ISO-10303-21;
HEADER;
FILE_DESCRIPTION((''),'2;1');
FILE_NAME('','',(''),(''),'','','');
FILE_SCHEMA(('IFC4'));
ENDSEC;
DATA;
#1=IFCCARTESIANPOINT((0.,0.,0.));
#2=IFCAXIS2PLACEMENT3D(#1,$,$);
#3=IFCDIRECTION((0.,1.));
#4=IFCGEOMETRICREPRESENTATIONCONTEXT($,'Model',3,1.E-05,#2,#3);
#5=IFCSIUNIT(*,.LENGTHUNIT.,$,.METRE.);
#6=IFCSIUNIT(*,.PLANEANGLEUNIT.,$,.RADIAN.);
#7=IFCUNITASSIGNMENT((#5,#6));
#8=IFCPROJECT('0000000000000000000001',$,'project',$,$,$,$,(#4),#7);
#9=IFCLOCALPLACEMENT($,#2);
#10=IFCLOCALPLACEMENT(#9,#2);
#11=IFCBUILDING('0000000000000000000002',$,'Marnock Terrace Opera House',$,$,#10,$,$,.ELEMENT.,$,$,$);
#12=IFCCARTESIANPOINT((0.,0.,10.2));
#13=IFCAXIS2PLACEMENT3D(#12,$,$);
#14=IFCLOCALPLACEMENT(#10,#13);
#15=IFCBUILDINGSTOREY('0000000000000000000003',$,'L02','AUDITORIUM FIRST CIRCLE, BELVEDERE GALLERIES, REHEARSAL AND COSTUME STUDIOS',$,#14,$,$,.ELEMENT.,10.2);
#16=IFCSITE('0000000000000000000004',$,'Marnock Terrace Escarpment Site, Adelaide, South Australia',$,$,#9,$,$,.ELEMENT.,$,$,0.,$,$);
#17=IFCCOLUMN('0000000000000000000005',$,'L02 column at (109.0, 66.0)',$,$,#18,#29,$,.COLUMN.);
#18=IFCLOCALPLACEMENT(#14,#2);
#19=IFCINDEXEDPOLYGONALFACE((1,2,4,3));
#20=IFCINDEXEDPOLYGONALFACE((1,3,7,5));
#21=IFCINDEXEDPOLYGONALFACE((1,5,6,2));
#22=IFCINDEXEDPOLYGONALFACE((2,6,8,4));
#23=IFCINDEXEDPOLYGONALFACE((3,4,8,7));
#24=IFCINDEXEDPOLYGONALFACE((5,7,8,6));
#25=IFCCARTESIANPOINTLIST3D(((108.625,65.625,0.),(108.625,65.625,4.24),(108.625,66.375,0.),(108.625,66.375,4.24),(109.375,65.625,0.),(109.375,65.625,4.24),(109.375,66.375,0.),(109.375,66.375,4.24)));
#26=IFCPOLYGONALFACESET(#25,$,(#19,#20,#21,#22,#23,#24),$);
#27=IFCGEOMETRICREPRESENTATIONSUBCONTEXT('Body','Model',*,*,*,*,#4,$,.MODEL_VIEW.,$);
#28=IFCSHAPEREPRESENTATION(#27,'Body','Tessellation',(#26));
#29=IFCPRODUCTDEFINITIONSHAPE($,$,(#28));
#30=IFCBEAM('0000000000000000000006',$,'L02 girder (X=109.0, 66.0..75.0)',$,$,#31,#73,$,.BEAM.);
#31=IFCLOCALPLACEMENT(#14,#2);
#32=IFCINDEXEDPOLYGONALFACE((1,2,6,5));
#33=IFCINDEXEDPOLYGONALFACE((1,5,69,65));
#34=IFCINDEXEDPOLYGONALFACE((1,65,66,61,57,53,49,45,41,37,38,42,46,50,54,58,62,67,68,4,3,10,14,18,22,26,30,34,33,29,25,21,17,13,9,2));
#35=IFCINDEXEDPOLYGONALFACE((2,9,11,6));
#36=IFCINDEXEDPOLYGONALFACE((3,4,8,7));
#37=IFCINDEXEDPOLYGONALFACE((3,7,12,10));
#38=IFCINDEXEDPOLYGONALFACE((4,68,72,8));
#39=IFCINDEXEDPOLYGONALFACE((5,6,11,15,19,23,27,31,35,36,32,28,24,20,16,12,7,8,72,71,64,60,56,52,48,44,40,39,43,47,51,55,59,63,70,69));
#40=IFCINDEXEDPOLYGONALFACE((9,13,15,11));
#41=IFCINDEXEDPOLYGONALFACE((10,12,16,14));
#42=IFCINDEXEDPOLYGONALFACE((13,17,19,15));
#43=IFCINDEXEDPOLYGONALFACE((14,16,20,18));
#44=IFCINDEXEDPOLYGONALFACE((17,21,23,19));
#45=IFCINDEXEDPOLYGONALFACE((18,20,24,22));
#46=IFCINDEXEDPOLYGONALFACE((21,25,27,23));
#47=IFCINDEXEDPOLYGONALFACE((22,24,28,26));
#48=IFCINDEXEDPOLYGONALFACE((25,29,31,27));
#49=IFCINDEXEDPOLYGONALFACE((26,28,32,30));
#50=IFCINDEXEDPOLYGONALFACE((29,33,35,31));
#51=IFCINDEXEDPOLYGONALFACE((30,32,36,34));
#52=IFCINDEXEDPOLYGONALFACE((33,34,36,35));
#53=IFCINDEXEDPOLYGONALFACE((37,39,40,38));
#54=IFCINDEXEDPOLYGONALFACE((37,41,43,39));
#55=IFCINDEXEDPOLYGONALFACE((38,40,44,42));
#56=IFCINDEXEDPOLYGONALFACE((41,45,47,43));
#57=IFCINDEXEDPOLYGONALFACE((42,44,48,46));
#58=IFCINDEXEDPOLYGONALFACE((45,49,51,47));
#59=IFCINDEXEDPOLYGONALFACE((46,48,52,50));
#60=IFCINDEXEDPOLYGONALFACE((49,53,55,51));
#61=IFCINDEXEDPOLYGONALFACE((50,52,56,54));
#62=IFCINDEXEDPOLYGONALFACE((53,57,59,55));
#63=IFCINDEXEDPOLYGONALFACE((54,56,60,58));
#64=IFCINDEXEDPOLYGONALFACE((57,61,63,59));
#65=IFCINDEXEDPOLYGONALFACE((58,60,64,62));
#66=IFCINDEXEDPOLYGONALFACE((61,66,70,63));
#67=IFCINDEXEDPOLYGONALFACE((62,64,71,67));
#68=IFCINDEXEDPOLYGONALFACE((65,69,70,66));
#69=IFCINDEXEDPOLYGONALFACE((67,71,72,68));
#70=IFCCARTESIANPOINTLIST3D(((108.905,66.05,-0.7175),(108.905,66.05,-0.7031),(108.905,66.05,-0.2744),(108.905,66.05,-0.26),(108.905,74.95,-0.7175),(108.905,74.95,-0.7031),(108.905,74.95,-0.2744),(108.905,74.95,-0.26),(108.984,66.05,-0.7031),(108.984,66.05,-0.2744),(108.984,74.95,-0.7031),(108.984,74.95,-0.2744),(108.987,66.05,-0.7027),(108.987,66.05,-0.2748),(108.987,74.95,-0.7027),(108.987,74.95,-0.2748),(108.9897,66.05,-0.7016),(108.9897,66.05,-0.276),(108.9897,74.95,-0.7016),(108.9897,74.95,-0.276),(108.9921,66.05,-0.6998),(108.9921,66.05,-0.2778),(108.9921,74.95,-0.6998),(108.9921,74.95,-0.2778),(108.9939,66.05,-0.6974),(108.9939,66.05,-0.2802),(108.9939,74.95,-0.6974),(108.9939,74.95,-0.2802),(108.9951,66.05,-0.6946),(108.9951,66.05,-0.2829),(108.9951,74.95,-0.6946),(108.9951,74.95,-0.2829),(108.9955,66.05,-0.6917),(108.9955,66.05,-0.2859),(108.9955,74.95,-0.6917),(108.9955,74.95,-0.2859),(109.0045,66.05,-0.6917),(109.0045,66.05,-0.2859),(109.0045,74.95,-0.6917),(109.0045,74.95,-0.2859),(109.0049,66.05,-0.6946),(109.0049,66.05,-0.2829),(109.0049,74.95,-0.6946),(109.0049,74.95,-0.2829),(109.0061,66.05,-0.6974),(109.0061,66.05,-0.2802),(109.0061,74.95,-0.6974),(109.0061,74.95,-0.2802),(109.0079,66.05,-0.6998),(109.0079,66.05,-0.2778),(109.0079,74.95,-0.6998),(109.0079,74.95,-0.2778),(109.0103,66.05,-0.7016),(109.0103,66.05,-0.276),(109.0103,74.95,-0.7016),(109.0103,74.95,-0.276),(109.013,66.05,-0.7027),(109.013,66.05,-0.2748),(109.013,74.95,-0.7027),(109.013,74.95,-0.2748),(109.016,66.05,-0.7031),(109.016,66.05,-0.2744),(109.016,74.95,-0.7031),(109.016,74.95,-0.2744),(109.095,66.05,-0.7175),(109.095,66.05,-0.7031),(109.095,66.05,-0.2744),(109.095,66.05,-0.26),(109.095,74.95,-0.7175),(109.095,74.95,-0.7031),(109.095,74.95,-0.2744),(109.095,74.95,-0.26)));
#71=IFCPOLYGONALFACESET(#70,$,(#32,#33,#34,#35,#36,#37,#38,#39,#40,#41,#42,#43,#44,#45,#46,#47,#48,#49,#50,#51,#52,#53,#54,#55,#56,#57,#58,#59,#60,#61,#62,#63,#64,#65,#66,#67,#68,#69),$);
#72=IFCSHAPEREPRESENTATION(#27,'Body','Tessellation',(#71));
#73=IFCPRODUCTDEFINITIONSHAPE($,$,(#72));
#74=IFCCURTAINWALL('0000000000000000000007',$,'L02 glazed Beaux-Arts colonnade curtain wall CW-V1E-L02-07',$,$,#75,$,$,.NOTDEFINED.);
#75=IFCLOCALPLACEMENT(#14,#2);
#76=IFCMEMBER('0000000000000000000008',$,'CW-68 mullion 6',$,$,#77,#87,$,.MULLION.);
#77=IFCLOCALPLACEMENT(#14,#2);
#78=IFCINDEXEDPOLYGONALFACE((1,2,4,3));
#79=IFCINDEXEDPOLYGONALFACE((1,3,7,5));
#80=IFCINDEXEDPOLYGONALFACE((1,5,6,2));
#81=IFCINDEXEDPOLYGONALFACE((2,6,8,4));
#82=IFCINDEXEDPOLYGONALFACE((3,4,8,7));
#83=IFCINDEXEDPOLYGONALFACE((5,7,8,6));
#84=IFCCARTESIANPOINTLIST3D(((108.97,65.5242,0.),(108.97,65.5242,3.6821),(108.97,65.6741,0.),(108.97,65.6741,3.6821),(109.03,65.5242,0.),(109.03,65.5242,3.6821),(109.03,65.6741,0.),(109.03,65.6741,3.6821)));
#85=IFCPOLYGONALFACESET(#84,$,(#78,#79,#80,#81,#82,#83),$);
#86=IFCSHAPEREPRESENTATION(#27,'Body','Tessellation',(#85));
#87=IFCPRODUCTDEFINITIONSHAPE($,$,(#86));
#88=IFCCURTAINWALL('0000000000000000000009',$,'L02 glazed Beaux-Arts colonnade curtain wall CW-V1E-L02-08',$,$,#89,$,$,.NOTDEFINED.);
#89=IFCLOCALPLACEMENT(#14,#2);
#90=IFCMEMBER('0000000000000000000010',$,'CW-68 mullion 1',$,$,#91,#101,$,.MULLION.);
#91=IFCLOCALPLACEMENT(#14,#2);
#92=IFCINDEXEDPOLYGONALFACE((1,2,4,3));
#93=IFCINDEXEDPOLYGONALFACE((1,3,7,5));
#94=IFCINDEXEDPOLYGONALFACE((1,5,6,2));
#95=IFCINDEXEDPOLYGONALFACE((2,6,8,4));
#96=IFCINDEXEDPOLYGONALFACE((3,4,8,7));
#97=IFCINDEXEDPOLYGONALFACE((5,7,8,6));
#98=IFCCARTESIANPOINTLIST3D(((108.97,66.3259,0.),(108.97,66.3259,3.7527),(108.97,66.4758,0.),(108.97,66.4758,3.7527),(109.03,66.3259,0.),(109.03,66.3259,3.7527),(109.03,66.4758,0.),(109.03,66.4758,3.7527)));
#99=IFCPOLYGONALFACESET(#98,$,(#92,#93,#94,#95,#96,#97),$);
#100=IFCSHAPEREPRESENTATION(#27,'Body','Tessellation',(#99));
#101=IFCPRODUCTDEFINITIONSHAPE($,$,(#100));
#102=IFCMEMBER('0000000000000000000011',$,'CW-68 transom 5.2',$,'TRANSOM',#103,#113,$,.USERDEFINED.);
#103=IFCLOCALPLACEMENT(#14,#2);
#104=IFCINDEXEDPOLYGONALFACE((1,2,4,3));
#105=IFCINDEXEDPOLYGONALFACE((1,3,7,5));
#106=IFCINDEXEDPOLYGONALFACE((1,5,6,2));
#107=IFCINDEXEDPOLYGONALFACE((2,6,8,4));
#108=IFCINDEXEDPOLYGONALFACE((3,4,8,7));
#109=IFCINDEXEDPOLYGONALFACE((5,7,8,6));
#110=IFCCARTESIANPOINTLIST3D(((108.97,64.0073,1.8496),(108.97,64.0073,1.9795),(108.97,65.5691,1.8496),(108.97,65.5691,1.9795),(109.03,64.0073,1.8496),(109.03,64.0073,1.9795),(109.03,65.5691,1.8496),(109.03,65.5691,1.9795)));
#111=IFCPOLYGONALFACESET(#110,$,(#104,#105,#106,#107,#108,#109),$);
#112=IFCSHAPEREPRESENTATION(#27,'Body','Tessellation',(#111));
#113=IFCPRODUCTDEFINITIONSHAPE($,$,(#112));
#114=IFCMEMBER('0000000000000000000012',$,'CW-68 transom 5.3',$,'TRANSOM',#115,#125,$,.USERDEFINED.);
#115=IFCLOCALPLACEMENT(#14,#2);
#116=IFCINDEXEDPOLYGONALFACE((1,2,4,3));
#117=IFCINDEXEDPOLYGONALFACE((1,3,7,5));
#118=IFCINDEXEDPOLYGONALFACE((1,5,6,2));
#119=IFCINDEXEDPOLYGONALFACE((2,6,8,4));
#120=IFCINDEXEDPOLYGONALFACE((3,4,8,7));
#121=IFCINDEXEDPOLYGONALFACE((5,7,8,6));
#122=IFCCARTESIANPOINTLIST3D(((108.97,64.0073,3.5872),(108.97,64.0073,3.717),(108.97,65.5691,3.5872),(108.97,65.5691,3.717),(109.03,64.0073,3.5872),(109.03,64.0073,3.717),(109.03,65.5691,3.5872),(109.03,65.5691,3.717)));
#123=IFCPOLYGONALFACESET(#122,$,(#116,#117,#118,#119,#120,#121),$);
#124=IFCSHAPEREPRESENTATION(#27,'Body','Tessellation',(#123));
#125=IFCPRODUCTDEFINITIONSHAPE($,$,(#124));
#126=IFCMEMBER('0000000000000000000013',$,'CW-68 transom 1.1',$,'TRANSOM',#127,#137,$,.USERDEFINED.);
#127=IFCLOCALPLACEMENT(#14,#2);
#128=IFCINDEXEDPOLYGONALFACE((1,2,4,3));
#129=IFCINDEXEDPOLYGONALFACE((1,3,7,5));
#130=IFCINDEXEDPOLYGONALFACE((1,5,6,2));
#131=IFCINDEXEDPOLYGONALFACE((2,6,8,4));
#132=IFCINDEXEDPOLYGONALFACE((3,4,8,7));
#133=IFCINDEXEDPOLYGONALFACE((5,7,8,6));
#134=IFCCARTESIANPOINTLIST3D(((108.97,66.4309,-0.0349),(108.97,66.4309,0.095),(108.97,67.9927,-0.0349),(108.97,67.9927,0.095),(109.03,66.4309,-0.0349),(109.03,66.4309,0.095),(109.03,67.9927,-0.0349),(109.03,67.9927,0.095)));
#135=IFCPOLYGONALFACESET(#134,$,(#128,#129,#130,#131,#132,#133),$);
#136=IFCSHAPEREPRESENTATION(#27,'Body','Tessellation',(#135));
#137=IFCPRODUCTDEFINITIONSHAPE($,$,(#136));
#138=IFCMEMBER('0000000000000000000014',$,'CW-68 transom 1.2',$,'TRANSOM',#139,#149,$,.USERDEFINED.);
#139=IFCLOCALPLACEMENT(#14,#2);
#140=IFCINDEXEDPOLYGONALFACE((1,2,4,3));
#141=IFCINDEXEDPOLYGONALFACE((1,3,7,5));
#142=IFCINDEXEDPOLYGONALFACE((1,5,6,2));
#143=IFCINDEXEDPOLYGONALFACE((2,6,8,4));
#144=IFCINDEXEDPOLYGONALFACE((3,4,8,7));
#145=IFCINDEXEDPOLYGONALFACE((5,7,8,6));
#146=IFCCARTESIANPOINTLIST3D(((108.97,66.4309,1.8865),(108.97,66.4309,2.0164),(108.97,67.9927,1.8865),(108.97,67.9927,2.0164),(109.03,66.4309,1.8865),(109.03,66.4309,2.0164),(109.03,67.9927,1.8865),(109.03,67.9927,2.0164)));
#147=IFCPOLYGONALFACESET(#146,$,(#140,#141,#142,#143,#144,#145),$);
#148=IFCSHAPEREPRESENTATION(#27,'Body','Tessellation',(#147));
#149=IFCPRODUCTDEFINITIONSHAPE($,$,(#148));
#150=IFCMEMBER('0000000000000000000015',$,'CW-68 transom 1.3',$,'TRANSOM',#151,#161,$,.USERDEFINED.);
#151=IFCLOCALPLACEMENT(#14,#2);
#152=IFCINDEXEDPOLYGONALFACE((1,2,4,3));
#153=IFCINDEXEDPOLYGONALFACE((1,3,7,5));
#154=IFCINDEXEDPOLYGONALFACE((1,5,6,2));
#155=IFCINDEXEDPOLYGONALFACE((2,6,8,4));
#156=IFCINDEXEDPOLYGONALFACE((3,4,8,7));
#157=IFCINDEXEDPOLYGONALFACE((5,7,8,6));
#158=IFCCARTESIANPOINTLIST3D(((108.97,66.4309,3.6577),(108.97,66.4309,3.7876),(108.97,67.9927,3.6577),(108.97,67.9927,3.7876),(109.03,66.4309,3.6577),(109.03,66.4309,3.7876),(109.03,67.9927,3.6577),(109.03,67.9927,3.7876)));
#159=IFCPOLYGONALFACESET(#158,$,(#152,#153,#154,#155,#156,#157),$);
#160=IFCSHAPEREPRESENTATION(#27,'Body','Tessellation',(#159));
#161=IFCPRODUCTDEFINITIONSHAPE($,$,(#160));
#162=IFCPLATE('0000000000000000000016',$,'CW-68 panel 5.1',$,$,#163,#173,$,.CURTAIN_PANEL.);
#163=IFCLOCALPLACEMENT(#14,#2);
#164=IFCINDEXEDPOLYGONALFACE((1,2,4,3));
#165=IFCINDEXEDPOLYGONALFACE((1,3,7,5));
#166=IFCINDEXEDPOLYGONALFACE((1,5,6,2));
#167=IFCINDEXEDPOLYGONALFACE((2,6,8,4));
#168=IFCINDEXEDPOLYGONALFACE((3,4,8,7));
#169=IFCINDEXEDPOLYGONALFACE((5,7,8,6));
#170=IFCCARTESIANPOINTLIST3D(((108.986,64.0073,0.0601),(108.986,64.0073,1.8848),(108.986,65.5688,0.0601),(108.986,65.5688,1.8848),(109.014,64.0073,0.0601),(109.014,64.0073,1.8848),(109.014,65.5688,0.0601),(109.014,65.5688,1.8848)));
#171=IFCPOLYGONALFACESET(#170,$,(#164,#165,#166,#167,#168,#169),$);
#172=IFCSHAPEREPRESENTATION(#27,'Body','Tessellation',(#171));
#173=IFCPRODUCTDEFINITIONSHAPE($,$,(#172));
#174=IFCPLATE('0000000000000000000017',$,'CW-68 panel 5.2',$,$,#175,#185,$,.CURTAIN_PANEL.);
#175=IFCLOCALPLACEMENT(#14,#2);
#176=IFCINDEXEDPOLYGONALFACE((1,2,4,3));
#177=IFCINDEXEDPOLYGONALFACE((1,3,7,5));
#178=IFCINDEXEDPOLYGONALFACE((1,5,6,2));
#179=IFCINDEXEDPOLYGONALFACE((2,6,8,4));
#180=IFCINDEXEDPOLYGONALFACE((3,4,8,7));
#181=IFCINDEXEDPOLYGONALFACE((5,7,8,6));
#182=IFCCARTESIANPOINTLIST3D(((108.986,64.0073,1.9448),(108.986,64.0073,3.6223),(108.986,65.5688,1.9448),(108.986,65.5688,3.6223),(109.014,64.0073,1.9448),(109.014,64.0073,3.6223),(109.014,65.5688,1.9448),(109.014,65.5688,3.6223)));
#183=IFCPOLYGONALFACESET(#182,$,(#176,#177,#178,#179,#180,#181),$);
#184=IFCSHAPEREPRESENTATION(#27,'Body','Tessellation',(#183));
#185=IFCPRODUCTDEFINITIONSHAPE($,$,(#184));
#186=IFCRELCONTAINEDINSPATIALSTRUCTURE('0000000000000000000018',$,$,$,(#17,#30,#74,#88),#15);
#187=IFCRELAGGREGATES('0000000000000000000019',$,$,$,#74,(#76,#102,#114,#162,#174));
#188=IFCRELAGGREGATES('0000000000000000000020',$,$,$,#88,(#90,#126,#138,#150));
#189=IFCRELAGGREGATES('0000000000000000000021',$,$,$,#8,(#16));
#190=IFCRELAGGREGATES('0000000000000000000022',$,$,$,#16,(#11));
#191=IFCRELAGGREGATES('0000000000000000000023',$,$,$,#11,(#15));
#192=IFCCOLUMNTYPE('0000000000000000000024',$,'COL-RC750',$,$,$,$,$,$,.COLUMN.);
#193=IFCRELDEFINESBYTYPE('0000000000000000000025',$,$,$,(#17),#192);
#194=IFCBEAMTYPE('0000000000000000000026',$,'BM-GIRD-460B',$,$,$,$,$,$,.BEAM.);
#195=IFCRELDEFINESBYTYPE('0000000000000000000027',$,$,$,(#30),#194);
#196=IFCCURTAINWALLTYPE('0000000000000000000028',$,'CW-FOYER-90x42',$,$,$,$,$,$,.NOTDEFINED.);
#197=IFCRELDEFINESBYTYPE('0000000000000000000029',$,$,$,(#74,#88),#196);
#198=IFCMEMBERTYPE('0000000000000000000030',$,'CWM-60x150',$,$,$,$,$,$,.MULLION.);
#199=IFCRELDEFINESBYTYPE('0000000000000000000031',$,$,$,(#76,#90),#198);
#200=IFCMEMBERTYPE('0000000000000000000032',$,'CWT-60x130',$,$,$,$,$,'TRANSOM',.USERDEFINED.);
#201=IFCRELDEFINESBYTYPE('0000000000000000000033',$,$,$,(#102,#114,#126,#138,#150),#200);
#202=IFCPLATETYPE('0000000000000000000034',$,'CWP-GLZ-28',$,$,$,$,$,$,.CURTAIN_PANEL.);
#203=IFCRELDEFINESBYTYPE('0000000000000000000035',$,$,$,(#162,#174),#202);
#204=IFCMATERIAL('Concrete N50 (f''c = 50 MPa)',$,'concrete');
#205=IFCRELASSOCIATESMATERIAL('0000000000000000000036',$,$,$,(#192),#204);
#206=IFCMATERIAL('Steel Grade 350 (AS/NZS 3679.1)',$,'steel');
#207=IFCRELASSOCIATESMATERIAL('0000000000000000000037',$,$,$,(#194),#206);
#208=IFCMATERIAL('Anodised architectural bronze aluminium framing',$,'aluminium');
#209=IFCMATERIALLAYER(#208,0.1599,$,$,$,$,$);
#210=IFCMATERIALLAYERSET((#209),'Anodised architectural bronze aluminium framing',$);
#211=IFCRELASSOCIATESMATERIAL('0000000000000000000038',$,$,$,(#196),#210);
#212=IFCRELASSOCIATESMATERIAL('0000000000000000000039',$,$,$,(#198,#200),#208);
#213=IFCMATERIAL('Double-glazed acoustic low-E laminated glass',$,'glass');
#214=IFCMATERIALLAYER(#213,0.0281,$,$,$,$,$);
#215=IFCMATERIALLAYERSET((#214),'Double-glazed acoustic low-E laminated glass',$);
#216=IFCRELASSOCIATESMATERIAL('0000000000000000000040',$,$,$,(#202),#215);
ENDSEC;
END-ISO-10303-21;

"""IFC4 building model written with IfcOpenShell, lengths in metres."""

from ifc_helpers import new_model, si_unit, direction, frame, origin, origin_2d, place, context, subcontext, project, spatial, rectangle, i_section, extrude, material, layer, layer_set, material_profile, profile_set, type_object, element, aggregate, save


model = new_model("IFC4")

# Units and contexts
model_context = context("Model", 3, precision=1e-05, world=origin(), true_north=direction((0.0, 1.0)))
body_context = subcontext(model_context, "Body", "Model", "MODEL_VIEW")
ifc_project = project(units=[si_unit("LENGTHUNIT", "METRE"), si_unit("PLANEANGLEUNIT", "RADIAN")], contexts=[model_context])

# Site, building, storey
site_placement = place(None, origin())
site = spatial("IfcSite", under=ifc_project, at=site_placement, Name="Marnock Terrace Escarpment Site, Adelaide, South Australia", CompositionType="ELEMENT", RefElevation=0.0)
building_placement = place(site_placement, origin())
building = spatial("IfcBuilding", under=site, at=building_placement, Name="Marnock Terrace Opera House", CompositionType="ELEMENT")
storey_placement = place(building_placement, frame((0.0, 0.0, 10.2)))
storey = spatial("IfcBuildingStorey", under=building, at=storey_placement, Name="L02", Description="AUDITORIUM FIRST CIRCLE, BELVEDERE GALLERIES, REHEARSAL AND COSTUME STUDIOS", CompositionType="ELEMENT", Elevation=10.2)

# Column
ifc_material_1 = material(Name="Concrete N50 (f'c = 50 MPa)", Category="concrete")
ifc_material_profile_1 = material_profile(ifc_material_1, rectangle(XDim=0.75, YDim=0.75, at=origin_2d()))
ifc_profile_set_1 = profile_set([ifc_material_profile_1], Name="Concrete N50 (f'c = 50 MPa)")
column_type = type_object("IfcColumnType", Name="COL-RC750", PredefinedType="COLUMN", material=ifc_profile_set_1)
column_placement = place(storey_placement, frame((109.0, 66.0, 0.0), z_axis=(0.0, 0.0, 1.0), x_axis=(1.0, 0.0, 0.0)))
element("IfcColumn", 1, at=column_placement, inside=storey, type_object=column_type, Name="L02 column at (109.0, 66.0)", PredefinedType="COLUMN", context=body_context, shape_type="SweptSolid", body=[
    extrude(rectangle(XDim=0.75, YDim=0.75, at=origin_2d()), origin(), (0.0, 0.0, 1.0), 4.24),
])

# Beam
ifc_material_2 = material(Name="Steel Grade 350 (AS/NZS 3679.1)", Category="steel")
ifc_material_profile_2 = material_profile(ifc_material_2, i_section(OverallWidth=0.1899, OverallDepth=0.4575, WebThickness=0.009, FlangeThickness=0.0144, FilletRadius=0.0115, at=origin_2d()))
ifc_profile_set_2 = profile_set([ifc_material_profile_2], Name="Steel Grade 350 (AS/NZS 3679.1)")
beam_type = type_object("IfcBeamType", Name="BM-GIRD-460B", PredefinedType="BEAM", material=ifc_profile_set_2)
beam_placement = place(storey_placement, frame((109.0, 66.05, -0.4888), z_axis=(0.0, 1.0, 0.0), x_axis=(-1.0, 0.0, 0.0)))
element("IfcBeam", 2, at=beam_placement, inside=storey, type_object=beam_type, Name="L02 girder (X=109.0, 66.0..75.0)", PredefinedType="BEAM", context=body_context, shape_type="SweptSolid", body=[
    extrude(i_section(OverallWidth=0.1899, OverallDepth=0.4575, WebThickness=0.009, FlangeThickness=0.0144, FilletRadius=0.0115, at=origin_2d()), origin(), (0.0, 0.0, 1.0), 8.8999),
])

# Curtain walls, members
ifc_material_3 = material(Name="Anodised architectural bronze aluminium framing", Category="aluminium")
ifc_layer_1 = layer(ifc_material_3, 0.1599)
ifc_layer_set_1 = layer_set([ifc_layer_1], Name="Anodised architectural bronze aluminium framing")
curtain_wall_type = type_object("IfcCurtainWallType", Name="CW-FOYER-90x42", PredefinedType="NOTDEFINED", material=ifc_layer_set_1)
curtain_wall_1_placement = place(storey_placement, origin())
curtain_wall_1 = element("IfcCurtainWall", 3, at=curtain_wall_1_placement, inside=storey, type_object=curtain_wall_type, Name="L02 glazed Beaux-Arts colonnade curtain wall CW-V1E-L02-07", PredefinedType="NOTDEFINED")
ifc_material_profile_3 = material_profile(ifc_material_3, rectangle(XDim=0.0601, YDim=0.1499, at=origin_2d()))
ifc_profile_set_3 = profile_set([ifc_material_profile_3], Name="Anodised architectural bronze aluminium framing")
member_type_1 = type_object("IfcMemberType", Name="CWM-60x150", PredefinedType="MULLION", material=ifc_profile_set_3)
member_1_placement = place(storey_placement, frame((109.0, 65.5991, 0.0), z_axis=(0.0, 0.0, 1.0), x_axis=(-1.0, 0.0, 0.0)))
member_1 = element("IfcMember", 4, at=member_1_placement, type_object=member_type_1, Name="CW-68 mullion 6", PredefinedType="MULLION", context=body_context, shape_type="SweptSolid", body=[
    extrude(rectangle(XDim=0.0601, YDim=0.1499, at=origin_2d()), origin(), (0.0, 0.0, 1.0), 3.6821),
])
curtain_wall_2_placement = place(storey_placement, origin())
curtain_wall_2 = element("IfcCurtainWall", 5, at=curtain_wall_2_placement, inside=storey, type_object=curtain_wall_type, Name="L02 glazed Beaux-Arts colonnade curtain wall CW-V1E-L02-08", PredefinedType="NOTDEFINED")
member_2_placement = place(storey_placement, frame((109.0, 66.4009, 0.0), z_axis=(0.0, 0.0, 1.0), x_axis=(-1.0, 0.0, 0.0)))
member_2 = element("IfcMember", 6, at=member_2_placement, type_object=member_type_1, Name="CW-68 mullion 1", PredefinedType="MULLION", context=body_context, shape_type="SweptSolid", body=[
    extrude(rectangle(XDim=0.0601, YDim=0.1499, at=origin_2d()), origin(), (0.0, 0.0, 1.0), 3.7527),
])

# Members
ifc_material_profile_4 = material_profile(ifc_material_3, rectangle(XDim=0.0601, YDim=0.1299, at=origin_2d()))
ifc_profile_set_4 = profile_set([ifc_material_profile_4], Name="Anodised architectural bronze aluminium framing")
member_type_2 = type_object("IfcMemberType", Name="CWT-60x130", ElementType="TRANSOM", PredefinedType="USERDEFINED", material=ifc_profile_set_4)
member_3_placement = place(storey_placement, frame((109.0, 64.0073, 1.9146), z_axis=(0.0, 1.0, 0.0), x_axis=(-1.0, 0.0, 0.0)))
member_3 = element("IfcMember", 7, at=member_3_placement, type_object=member_type_2, Name="CW-68 transom 5.2", ObjectType="TRANSOM", PredefinedType="USERDEFINED", context=body_context, shape_type="SweptSolid", body=[
    extrude(rectangle(XDim=0.0601, YDim=0.1299, at=origin_2d()), origin(), (0.0, 0.0, 1.0), 1.5618),
])
member_4_placement = place(storey_placement, frame((109.0, 64.0073, 3.6521), z_axis=(0.0, 1.0, 0.0), x_axis=(-1.0, 0.0, 0.0)))
member_4 = element("IfcMember", 8, at=member_4_placement, type_object=member_type_2, Name="CW-68 transom 5.3", ObjectType="TRANSOM", PredefinedType="USERDEFINED", context=body_context, shape_type="SweptSolid", body=[
    extrude(rectangle(XDim=0.0601, YDim=0.1299, at=origin_2d()), origin(), (0.0, 0.0, 1.0), 1.5618),
])
member_5_placement = place(storey_placement, frame((109.0, 66.4309, 0.03), z_axis=(0.0, 1.0, 0.0), x_axis=(-1.0, 0.0, 0.0)))
member_5 = element("IfcMember", 9, at=member_5_placement, type_object=member_type_2, Name="CW-68 transom 1.1", ObjectType="TRANSOM", PredefinedType="USERDEFINED", context=body_context, shape_type="SweptSolid", body=[
    extrude(rectangle(XDim=0.0601, YDim=0.1299, at=origin_2d()), origin(), (0.0, 0.0, 1.0), 1.5618),
])
member_6_placement = place(storey_placement, frame((109.0, 66.4309, 1.9514), z_axis=(0.0, 1.0, 0.0), x_axis=(-1.0, 0.0, 0.0)))
member_6 = element("IfcMember", 10, at=member_6_placement, type_object=member_type_2, Name="CW-68 transom 1.2", ObjectType="TRANSOM", PredefinedType="USERDEFINED", context=body_context, shape_type="SweptSolid", body=[
    extrude(rectangle(XDim=0.0601, YDim=0.1299, at=origin_2d()), origin(), (0.0, 0.0, 1.0), 1.5618),
])
member_7_placement = place(storey_placement, frame((109.0, 66.4309, 3.7227), z_axis=(0.0, 1.0, 0.0), x_axis=(-1.0, 0.0, 0.0)))
member_7 = element("IfcMember", 11, at=member_7_placement, type_object=member_type_2, Name="CW-68 transom 1.3", ObjectType="TRANSOM", PredefinedType="USERDEFINED", context=body_context, shape_type="SweptSolid", body=[
    extrude(rectangle(XDim=0.0601, YDim=0.1299, at=origin_2d()), origin(), (0.0, 0.0, 1.0), 1.5618),
])

# Plates
ifc_material_4 = material(Name="Double-glazed acoustic low-E laminated glass", Category="glass")
ifc_layer_2 = layer(ifc_material_4, 0.0281)
ifc_layer_set_2 = layer_set([ifc_layer_2], Name="Double-glazed acoustic low-E laminated glass")
plate_type_1 = type_object("IfcPlateType", Name="CWP-GLZ-28", PredefinedType="CURTAIN_PANEL", material=ifc_layer_set_2)
plate_1_placement = place(storey_placement, frame((109.0, 64.7881, 0.0601), z_axis=(0.0, 0.0, 1.0), x_axis=(0.0, 1.0, 0.0)))
plate_1 = element("IfcPlate", 12, at=plate_1_placement, type_object=plate_type_1, Name="CW-68 panel 5.1", PredefinedType="CURTAIN_PANEL", context=body_context, shape_type="SweptSolid", body=[
    extrude(rectangle(XDim=1.5615, YDim=0.0281, at=origin_2d()), origin(), (0.0, 0.0, 1.0), 1.8247),
])
plate_2_placement = place(storey_placement, frame((109.0, 64.7881, 1.9448), z_axis=(0.0, 0.0, 1.0), x_axis=(0.0, 1.0, 0.0)))
plate_2 = element("IfcPlate", 13, at=plate_2_placement, type_object=plate_type_1, Name="CW-68 panel 5.2", PredefinedType="CURTAIN_PANEL", context=body_context, shape_type="SweptSolid", body=[
    extrude(rectangle(XDim=1.5615, YDim=0.0281, at=origin_2d()), origin(), (0.0, 0.0, 1.0), 1.6775),
])
aggregate(curtain_wall_1, [member_1, member_3, member_4, plate_1, plate_2])
aggregate(curtain_wall_2, [member_2, member_5, member_6, member_7])

save(model, "model.ifc")
